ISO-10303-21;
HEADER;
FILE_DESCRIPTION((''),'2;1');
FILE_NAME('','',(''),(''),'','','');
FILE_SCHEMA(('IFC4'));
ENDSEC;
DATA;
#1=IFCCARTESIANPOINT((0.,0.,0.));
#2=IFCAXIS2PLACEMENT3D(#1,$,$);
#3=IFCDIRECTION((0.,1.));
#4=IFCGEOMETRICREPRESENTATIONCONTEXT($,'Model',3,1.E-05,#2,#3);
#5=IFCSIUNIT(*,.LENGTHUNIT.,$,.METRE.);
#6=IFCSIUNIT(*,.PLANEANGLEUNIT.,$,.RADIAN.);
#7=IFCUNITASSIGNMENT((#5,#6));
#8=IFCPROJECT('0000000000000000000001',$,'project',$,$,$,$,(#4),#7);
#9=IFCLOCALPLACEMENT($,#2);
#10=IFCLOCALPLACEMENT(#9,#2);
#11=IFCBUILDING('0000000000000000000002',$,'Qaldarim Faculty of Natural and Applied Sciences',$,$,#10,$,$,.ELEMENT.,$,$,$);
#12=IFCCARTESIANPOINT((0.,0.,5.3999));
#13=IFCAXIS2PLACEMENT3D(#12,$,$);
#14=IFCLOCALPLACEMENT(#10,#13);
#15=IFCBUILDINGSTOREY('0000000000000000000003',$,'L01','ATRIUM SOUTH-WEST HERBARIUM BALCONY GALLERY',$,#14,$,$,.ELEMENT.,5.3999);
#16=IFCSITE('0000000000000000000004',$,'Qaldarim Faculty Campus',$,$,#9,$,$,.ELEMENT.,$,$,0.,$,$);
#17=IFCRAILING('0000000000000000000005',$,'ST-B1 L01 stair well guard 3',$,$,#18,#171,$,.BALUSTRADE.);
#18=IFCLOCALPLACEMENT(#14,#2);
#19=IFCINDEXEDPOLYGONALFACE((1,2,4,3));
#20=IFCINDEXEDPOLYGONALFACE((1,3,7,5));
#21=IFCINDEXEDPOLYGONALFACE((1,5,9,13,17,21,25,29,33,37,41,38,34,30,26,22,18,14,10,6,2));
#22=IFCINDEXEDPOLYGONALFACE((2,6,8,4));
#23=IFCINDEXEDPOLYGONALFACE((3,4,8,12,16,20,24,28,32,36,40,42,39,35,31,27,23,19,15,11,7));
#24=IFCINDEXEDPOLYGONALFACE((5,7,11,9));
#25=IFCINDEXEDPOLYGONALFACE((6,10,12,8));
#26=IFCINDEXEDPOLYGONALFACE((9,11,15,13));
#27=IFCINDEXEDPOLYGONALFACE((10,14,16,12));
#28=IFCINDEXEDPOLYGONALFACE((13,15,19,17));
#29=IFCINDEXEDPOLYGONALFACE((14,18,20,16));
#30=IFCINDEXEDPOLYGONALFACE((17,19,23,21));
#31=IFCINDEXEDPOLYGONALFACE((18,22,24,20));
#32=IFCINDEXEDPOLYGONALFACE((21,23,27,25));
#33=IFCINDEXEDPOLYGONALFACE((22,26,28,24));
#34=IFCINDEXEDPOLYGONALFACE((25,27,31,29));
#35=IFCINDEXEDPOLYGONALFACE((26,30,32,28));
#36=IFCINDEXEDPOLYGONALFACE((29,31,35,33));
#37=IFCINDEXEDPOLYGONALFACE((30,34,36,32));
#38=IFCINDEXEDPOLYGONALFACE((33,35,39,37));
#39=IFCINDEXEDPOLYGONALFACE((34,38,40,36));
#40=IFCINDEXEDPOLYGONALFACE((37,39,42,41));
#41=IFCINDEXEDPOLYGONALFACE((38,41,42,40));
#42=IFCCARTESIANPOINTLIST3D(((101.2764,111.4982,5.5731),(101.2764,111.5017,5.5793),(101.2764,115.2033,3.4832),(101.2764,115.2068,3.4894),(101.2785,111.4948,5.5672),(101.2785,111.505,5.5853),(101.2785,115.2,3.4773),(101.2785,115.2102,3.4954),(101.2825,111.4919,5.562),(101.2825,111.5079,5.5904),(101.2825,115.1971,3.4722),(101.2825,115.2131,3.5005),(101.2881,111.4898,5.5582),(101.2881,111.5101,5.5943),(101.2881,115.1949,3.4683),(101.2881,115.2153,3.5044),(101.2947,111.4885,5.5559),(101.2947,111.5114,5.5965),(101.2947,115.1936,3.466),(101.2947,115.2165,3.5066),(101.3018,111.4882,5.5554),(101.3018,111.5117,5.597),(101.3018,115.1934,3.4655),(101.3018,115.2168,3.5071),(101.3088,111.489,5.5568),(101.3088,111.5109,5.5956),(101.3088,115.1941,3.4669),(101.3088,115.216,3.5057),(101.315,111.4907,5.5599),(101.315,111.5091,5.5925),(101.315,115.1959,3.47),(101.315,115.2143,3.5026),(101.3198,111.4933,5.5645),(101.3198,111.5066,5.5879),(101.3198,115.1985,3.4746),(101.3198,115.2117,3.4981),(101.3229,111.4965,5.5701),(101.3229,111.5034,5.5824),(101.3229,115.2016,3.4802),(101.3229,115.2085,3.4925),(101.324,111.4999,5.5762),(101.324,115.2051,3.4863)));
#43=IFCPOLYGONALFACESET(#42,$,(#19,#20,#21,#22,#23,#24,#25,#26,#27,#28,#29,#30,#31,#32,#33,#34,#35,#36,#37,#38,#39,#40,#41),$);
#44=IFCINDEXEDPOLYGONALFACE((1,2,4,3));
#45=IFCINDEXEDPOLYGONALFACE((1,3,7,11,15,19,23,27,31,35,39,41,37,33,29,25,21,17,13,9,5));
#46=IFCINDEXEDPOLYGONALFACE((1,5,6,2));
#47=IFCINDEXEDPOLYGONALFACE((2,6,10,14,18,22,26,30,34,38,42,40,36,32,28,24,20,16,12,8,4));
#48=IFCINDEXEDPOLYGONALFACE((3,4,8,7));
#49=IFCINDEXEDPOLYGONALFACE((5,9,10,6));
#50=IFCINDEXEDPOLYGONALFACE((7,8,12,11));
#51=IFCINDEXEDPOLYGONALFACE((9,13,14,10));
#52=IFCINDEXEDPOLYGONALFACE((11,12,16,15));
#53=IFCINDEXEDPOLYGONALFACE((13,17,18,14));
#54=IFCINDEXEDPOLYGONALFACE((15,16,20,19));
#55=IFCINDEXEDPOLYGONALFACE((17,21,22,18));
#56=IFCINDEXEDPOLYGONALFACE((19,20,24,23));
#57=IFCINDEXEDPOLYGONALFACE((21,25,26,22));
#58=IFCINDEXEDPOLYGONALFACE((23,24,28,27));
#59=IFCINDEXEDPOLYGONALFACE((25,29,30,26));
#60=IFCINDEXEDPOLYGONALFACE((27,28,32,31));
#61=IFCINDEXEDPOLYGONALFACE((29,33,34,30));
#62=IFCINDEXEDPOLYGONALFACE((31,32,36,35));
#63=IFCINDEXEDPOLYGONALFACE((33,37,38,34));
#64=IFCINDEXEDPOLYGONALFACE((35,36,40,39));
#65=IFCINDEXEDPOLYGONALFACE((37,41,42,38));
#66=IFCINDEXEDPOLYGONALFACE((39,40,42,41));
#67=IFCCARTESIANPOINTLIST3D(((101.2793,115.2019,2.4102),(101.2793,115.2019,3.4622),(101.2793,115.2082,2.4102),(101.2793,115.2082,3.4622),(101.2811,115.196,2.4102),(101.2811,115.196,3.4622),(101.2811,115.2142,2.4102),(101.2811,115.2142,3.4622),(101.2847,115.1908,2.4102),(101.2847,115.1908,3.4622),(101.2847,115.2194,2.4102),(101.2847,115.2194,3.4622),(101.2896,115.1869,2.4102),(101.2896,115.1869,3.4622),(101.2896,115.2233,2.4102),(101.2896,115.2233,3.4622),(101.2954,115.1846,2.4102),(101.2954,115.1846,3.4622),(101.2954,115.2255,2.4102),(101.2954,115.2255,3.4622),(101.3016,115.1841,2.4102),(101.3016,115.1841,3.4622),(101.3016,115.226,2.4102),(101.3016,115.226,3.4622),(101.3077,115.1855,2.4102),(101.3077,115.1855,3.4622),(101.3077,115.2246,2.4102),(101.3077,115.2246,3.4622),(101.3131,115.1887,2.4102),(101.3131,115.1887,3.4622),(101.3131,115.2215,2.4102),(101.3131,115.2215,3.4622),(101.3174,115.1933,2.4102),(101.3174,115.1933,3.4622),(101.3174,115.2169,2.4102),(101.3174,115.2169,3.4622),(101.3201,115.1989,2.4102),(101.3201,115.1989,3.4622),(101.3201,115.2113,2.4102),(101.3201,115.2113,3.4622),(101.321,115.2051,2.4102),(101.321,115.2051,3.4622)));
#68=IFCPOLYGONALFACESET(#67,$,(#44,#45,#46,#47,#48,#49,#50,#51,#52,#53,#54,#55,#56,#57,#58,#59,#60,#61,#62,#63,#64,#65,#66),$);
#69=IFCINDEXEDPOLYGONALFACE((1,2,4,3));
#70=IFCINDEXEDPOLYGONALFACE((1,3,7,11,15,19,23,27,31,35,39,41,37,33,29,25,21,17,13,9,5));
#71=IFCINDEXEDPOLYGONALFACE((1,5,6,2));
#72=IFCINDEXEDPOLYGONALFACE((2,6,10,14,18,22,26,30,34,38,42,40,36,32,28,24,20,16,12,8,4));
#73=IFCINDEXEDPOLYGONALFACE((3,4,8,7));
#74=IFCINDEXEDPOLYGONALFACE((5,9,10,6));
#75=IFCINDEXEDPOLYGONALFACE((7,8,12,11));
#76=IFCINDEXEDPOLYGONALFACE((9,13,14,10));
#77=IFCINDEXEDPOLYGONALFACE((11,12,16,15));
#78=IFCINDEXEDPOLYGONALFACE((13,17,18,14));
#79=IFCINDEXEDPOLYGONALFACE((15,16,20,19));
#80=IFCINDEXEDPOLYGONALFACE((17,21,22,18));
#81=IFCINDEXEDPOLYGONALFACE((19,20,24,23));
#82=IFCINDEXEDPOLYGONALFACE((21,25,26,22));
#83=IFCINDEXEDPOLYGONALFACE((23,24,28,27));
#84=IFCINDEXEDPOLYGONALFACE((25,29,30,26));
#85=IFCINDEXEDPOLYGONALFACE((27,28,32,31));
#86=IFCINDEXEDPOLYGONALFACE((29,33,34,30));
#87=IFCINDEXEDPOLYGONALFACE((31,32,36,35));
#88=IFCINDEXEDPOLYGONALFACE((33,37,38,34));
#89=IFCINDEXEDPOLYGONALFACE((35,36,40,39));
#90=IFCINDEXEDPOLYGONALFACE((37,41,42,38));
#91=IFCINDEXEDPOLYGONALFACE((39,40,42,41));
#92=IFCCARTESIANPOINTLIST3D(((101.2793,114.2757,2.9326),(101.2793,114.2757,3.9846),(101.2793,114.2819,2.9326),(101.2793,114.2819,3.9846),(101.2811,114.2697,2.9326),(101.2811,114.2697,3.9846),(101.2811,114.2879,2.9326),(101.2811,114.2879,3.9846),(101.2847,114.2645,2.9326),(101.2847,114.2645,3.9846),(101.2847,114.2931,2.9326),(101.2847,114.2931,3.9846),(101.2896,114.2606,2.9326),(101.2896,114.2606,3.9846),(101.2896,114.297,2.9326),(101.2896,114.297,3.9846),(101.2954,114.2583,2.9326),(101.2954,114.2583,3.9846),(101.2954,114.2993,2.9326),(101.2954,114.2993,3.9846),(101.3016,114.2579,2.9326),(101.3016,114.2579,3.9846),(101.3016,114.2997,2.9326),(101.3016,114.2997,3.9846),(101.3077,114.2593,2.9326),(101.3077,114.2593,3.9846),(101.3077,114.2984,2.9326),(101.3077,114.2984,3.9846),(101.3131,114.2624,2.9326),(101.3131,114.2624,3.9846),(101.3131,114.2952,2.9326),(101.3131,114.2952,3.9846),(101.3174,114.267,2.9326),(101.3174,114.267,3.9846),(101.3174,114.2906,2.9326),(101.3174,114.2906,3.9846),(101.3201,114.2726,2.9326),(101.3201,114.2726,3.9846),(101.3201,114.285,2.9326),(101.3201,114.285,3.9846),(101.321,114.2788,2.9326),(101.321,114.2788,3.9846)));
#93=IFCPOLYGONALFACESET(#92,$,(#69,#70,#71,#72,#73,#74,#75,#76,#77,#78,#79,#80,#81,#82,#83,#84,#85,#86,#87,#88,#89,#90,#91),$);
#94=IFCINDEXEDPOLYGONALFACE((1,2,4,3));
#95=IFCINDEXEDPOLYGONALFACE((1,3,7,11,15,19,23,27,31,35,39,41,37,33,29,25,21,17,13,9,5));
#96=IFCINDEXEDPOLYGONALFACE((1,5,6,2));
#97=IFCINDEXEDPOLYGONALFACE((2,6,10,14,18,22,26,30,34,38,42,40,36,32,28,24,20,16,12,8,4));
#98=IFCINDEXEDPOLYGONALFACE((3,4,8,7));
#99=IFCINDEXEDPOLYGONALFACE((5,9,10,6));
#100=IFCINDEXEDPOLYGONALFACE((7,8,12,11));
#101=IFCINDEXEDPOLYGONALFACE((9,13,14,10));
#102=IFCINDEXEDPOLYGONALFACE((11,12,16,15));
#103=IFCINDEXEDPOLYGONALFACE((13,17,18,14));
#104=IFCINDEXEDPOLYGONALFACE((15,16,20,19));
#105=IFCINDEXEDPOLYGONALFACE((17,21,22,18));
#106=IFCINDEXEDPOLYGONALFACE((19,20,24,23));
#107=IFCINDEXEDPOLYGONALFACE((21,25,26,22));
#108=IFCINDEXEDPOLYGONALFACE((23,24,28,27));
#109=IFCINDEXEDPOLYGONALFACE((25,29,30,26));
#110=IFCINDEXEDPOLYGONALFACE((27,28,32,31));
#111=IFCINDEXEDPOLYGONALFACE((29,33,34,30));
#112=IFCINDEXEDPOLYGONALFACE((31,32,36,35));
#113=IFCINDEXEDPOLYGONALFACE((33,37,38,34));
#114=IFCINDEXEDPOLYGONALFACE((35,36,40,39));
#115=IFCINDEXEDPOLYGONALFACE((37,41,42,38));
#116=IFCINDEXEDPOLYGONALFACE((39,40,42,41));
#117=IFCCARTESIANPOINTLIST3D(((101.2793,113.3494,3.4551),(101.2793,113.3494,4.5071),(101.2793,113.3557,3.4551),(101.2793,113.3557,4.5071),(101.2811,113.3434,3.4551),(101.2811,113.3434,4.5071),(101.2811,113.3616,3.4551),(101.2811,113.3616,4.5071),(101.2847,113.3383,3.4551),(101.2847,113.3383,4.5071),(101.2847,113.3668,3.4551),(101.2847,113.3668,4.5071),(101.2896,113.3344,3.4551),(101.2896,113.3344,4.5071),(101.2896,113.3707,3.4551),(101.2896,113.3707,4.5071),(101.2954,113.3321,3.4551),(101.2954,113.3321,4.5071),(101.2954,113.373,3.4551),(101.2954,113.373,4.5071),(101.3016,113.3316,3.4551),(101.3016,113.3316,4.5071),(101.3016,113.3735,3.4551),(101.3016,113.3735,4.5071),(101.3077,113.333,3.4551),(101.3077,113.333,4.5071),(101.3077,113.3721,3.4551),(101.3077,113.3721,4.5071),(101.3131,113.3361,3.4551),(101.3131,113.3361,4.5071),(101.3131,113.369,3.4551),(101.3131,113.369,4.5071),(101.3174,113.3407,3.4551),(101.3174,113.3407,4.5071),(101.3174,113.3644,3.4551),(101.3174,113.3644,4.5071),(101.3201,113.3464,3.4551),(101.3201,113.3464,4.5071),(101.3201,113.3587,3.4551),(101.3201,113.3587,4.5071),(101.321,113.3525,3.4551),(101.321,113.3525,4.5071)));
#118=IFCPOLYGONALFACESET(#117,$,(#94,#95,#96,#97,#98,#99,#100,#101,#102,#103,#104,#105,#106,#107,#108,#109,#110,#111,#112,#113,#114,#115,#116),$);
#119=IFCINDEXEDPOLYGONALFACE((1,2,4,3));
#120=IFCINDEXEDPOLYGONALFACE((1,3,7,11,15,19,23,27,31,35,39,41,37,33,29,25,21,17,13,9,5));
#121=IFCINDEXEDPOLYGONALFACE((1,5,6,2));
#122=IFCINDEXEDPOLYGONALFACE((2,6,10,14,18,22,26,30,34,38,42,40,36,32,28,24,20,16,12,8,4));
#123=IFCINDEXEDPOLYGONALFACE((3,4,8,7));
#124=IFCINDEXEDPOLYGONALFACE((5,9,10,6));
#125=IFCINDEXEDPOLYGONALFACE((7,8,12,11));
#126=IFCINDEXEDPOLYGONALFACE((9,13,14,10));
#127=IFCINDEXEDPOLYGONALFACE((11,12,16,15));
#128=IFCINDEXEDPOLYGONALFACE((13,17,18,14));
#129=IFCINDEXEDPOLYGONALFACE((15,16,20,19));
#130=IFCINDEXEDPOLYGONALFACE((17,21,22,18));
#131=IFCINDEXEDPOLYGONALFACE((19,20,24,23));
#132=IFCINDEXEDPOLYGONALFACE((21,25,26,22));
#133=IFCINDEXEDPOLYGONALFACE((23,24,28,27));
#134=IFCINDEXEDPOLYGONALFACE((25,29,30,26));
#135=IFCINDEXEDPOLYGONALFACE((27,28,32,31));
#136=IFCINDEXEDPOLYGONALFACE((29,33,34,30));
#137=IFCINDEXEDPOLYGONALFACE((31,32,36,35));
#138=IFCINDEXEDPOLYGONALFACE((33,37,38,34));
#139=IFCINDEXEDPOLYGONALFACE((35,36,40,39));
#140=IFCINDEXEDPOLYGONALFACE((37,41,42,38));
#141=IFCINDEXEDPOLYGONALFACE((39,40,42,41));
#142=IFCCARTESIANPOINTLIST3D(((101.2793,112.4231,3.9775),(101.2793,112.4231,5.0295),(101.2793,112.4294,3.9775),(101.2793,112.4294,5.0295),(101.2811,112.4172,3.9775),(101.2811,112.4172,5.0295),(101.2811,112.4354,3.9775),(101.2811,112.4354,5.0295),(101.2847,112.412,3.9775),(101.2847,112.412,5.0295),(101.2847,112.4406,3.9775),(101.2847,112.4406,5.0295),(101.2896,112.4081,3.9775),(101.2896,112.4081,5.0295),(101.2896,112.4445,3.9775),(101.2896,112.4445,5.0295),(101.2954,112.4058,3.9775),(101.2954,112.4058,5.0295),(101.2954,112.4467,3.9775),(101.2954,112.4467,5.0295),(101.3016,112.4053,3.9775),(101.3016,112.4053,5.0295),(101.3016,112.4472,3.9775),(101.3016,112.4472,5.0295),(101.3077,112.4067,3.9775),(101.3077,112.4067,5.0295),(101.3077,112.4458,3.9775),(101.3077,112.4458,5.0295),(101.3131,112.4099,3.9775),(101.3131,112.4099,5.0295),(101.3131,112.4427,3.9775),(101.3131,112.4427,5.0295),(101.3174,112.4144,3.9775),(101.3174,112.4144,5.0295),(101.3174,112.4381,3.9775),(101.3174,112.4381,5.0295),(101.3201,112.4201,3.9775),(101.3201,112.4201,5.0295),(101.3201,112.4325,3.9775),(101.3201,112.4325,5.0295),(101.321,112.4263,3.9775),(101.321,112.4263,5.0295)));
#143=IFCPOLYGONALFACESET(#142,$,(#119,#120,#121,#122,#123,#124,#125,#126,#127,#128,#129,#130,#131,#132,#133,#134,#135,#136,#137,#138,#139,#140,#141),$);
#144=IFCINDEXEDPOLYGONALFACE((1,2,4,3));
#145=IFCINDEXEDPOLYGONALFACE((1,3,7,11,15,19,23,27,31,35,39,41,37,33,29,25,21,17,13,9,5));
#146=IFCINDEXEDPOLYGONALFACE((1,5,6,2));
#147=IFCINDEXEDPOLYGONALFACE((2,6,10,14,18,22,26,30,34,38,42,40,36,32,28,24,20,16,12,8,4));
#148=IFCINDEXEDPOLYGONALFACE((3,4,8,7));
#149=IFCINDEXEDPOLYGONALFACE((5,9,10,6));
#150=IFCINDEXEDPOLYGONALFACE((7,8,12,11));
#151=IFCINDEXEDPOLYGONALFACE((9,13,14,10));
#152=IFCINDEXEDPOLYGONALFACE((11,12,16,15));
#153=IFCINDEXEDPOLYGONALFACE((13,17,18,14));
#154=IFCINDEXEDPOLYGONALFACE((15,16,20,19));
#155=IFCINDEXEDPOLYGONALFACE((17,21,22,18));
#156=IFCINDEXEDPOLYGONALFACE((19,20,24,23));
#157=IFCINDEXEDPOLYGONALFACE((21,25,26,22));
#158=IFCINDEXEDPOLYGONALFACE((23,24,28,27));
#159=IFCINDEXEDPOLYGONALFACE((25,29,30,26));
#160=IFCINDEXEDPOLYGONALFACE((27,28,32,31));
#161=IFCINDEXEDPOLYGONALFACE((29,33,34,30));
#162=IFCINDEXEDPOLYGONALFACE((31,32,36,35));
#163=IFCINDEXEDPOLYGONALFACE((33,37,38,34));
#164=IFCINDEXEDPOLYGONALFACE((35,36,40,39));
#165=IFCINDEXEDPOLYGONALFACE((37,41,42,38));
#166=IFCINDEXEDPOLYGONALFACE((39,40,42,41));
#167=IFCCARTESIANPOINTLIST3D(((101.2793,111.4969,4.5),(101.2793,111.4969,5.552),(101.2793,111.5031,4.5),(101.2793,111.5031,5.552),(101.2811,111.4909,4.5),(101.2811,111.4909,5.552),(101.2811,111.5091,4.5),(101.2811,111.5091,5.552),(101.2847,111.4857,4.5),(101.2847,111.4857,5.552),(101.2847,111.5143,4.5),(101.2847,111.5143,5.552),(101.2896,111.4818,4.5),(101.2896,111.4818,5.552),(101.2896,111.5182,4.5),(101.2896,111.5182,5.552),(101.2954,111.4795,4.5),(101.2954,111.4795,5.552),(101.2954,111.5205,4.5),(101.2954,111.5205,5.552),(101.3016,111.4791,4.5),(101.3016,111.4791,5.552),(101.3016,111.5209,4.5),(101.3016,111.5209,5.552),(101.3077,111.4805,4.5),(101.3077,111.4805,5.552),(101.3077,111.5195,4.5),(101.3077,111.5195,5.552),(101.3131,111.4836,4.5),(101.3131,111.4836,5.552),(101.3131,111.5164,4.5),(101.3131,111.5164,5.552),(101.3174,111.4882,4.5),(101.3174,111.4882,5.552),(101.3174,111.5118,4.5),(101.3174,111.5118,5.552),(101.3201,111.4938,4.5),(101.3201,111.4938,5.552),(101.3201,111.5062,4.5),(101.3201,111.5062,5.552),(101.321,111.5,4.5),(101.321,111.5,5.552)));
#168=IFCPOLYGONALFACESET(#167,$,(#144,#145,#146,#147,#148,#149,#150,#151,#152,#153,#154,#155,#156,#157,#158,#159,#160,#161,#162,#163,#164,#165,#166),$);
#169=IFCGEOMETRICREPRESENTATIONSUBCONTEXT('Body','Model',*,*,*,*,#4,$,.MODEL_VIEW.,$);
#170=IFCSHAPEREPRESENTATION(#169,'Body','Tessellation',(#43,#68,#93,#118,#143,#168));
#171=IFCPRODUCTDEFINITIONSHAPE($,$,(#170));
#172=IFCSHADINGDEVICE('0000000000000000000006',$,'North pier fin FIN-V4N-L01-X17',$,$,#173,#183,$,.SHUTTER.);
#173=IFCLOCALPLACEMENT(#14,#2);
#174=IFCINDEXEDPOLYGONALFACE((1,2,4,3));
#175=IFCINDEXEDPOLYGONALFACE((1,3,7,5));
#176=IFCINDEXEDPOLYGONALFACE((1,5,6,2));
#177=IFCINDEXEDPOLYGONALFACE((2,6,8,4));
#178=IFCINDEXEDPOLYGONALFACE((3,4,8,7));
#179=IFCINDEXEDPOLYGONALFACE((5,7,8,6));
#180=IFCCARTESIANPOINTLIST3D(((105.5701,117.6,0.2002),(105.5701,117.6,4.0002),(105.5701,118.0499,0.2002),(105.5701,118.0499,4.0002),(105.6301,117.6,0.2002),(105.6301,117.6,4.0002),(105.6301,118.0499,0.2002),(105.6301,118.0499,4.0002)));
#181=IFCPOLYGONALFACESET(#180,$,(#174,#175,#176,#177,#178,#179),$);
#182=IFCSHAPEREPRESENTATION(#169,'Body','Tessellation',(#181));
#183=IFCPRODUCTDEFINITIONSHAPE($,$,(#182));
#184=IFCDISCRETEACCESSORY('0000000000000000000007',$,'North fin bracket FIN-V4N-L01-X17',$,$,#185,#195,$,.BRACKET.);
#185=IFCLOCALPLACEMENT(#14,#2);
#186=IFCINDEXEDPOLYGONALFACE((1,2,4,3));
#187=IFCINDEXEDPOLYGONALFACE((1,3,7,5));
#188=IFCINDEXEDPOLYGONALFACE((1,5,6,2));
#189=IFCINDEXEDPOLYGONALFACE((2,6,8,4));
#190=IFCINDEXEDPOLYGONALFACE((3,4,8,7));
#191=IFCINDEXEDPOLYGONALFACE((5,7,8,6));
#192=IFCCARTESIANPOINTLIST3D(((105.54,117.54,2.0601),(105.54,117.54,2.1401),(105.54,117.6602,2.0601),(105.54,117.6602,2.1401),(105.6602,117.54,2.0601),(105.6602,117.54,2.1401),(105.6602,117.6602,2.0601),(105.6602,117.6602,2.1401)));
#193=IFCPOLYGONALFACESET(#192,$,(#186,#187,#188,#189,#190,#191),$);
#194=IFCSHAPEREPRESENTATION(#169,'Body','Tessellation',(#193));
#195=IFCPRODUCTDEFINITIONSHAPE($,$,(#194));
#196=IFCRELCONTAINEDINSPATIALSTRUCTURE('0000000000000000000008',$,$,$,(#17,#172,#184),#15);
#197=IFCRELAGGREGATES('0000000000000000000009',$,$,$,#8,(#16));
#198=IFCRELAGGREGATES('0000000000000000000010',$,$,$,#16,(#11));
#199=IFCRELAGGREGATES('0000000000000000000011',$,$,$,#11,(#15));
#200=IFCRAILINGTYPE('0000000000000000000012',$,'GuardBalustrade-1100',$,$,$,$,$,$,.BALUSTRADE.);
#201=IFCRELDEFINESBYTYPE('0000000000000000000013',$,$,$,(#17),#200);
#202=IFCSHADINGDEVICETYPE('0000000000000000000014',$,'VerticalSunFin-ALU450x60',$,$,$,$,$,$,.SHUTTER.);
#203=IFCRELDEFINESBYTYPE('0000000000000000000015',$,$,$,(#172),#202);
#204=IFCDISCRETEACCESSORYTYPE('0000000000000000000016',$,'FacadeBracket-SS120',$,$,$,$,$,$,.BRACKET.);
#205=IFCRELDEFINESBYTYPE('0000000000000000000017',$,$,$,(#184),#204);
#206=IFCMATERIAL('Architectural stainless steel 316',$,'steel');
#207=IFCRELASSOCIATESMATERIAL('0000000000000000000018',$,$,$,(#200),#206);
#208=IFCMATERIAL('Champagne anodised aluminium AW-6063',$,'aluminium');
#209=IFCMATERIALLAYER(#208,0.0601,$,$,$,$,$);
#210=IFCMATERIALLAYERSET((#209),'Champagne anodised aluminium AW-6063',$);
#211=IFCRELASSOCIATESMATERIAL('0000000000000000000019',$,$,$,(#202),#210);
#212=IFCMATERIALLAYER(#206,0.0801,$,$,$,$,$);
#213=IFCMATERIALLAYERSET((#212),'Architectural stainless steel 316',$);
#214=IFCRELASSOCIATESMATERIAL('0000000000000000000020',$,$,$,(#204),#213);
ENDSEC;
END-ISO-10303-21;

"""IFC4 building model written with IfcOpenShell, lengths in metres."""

from ifc_helpers import new_model, si_unit, direction, frame, origin, origin_2d, place, context, subcontext, project, spatial, rectangle, circle, extrude, material, layer, layer_set, type_object, element, save


model = new_model("IFC4")

# Units and contexts
model_context = context("Model", 3, precision=1e-05, world=origin(), true_north=direction((0.0, 1.0)))
body_context = subcontext(model_context, "Body", "Model", "MODEL_VIEW")
ifc_project = project(units=[si_unit("LENGTHUNIT", "METRE"), si_unit("PLANEANGLEUNIT", "RADIAN")], contexts=[model_context])

# Site, building, storey
site_placement = place(None, origin())
site = spatial("IfcSite", under=ifc_project, at=site_placement, Name="Qaldarim Faculty Campus", CompositionType="ELEMENT", RefElevation=0.0)
building_placement = place(site_placement, origin())
building = spatial("IfcBuilding", under=site, at=building_placement, Name="Qaldarim Faculty of Natural and Applied Sciences", CompositionType="ELEMENT")
storey_placement = place(building_placement, frame((0.0, 0.0, 5.3999)))
storey = spatial("IfcBuildingStorey", under=building, at=storey_placement, Name="L01", Description="ATRIUM SOUTH-WEST HERBARIUM BALCONY GALLERY", CompositionType="ELEMENT", Elevation=5.3999)

# Railing
ifc_material_1 = material(Name="Architectural stainless steel 316", Category="steel")
railing_type = type_object("IfcRailingType", Name="GuardBalustrade-1100", PredefinedType="BALUSTRADE", material=ifc_material_1)
railing_1_placement = place(storey_placement, frame((101.3, 115.2051, 2.4102)))
element("IfcRailing", 1, at=railing_1_placement, inside=storey, type_object=railing_type, Name="ST-B1 L01 stair well guard 3", PredefinedType="BALUSTRADE", context=body_context, shape_type="SweptSolid", body=[
    extrude(circle(Radius=0.0239, at=origin_2d()), frame((0.0, 0.0, 1.0762), z_axis=(0.0, -0.870999, 0.491285), x_axis=(1.0, 0.0, 0.0)), (0.0, 0.0, 1.0), 4.2539),
    extrude(circle(Radius=0.021, at=origin_2d()), origin(), (0.0, 0.0, 1.0), 1.052),
    extrude(circle(Radius=0.021, at=origin_2d()), frame((0.0, -0.9263, 0.5225)), (0.0, 0.0, 1.0), 1.052),
    extrude(circle(Radius=0.021, at=origin_2d()), frame((0.0, -1.8525, 1.0449)), (0.0, 0.0, 1.0), 1.052),
    extrude(circle(Radius=0.021, at=origin_2d()), frame((0.0, -2.7788, 1.5674)), (0.0, 0.0, 1.0), 1.052),
    extrude(circle(Radius=0.021, at=origin_2d()), frame((0.0, -3.7051, 2.0898)), (0.0, 0.0, 1.0), 1.052),
])

# Shading device
ifc_material_2 = material(Name="Champagne anodised aluminium AW-6063", Category="aluminium")
ifc_layer_1 = layer(ifc_material_2, 0.0601)
ifc_layer_set_1 = layer_set([ifc_layer_1], Name="Champagne anodised aluminium AW-6063")
shading_device_type = type_object("IfcShadingDeviceType", Name="VerticalSunFin-ALU450x60", PredefinedType="SHUTTER", material=ifc_layer_set_1)
shading_device_placement = place(storey_placement, frame((105.6001, 117.825, 0.2002), z_axis=(0.0, 0.0, 1.0), x_axis=(1.0, 0.0, 0.0)))
element("IfcShadingDevice", 2, at=shading_device_placement, inside=storey, type_object=shading_device_type, Name="North pier fin FIN-V4N-L01-X17", PredefinedType="SHUTTER", context=body_context, shape_type="SweptSolid", body=[
    extrude(rectangle(XDim=0.0601, YDim=0.45, at=origin_2d()), origin(), (0.0, 0.0, 1.0), 3.8),
])

# Discrete accessory
ifc_layer_2 = layer(ifc_material_1, 0.0801)
ifc_layer_set_2 = layer_set([ifc_layer_2], Name="Architectural stainless steel 316")
discrete_accessory_type = type_object("IfcDiscreteAccessoryType", Name="FacadeBracket-SS120", PredefinedType="BRACKET", material=ifc_layer_set_2)
discrete_accessory_placement = place(storey_placement, frame((105.6001, 117.6001, 2.0601), z_axis=(0.0, 0.0, 1.0), x_axis=(1.0, 0.0, 0.0)))
element("IfcDiscreteAccessory", 3, at=discrete_accessory_placement, inside=storey, type_object=discrete_accessory_type, Name="North fin bracket FIN-V4N-L01-X17", PredefinedType="BRACKET", context=body_context, shape_type="SweptSolid", body=[
    extrude(rectangle(XDim=0.1201, YDim=0.1201, at=origin_2d()), origin(), (0.0, 0.0, 1.0), 0.0801),
])

save(model, "model.ifc")
